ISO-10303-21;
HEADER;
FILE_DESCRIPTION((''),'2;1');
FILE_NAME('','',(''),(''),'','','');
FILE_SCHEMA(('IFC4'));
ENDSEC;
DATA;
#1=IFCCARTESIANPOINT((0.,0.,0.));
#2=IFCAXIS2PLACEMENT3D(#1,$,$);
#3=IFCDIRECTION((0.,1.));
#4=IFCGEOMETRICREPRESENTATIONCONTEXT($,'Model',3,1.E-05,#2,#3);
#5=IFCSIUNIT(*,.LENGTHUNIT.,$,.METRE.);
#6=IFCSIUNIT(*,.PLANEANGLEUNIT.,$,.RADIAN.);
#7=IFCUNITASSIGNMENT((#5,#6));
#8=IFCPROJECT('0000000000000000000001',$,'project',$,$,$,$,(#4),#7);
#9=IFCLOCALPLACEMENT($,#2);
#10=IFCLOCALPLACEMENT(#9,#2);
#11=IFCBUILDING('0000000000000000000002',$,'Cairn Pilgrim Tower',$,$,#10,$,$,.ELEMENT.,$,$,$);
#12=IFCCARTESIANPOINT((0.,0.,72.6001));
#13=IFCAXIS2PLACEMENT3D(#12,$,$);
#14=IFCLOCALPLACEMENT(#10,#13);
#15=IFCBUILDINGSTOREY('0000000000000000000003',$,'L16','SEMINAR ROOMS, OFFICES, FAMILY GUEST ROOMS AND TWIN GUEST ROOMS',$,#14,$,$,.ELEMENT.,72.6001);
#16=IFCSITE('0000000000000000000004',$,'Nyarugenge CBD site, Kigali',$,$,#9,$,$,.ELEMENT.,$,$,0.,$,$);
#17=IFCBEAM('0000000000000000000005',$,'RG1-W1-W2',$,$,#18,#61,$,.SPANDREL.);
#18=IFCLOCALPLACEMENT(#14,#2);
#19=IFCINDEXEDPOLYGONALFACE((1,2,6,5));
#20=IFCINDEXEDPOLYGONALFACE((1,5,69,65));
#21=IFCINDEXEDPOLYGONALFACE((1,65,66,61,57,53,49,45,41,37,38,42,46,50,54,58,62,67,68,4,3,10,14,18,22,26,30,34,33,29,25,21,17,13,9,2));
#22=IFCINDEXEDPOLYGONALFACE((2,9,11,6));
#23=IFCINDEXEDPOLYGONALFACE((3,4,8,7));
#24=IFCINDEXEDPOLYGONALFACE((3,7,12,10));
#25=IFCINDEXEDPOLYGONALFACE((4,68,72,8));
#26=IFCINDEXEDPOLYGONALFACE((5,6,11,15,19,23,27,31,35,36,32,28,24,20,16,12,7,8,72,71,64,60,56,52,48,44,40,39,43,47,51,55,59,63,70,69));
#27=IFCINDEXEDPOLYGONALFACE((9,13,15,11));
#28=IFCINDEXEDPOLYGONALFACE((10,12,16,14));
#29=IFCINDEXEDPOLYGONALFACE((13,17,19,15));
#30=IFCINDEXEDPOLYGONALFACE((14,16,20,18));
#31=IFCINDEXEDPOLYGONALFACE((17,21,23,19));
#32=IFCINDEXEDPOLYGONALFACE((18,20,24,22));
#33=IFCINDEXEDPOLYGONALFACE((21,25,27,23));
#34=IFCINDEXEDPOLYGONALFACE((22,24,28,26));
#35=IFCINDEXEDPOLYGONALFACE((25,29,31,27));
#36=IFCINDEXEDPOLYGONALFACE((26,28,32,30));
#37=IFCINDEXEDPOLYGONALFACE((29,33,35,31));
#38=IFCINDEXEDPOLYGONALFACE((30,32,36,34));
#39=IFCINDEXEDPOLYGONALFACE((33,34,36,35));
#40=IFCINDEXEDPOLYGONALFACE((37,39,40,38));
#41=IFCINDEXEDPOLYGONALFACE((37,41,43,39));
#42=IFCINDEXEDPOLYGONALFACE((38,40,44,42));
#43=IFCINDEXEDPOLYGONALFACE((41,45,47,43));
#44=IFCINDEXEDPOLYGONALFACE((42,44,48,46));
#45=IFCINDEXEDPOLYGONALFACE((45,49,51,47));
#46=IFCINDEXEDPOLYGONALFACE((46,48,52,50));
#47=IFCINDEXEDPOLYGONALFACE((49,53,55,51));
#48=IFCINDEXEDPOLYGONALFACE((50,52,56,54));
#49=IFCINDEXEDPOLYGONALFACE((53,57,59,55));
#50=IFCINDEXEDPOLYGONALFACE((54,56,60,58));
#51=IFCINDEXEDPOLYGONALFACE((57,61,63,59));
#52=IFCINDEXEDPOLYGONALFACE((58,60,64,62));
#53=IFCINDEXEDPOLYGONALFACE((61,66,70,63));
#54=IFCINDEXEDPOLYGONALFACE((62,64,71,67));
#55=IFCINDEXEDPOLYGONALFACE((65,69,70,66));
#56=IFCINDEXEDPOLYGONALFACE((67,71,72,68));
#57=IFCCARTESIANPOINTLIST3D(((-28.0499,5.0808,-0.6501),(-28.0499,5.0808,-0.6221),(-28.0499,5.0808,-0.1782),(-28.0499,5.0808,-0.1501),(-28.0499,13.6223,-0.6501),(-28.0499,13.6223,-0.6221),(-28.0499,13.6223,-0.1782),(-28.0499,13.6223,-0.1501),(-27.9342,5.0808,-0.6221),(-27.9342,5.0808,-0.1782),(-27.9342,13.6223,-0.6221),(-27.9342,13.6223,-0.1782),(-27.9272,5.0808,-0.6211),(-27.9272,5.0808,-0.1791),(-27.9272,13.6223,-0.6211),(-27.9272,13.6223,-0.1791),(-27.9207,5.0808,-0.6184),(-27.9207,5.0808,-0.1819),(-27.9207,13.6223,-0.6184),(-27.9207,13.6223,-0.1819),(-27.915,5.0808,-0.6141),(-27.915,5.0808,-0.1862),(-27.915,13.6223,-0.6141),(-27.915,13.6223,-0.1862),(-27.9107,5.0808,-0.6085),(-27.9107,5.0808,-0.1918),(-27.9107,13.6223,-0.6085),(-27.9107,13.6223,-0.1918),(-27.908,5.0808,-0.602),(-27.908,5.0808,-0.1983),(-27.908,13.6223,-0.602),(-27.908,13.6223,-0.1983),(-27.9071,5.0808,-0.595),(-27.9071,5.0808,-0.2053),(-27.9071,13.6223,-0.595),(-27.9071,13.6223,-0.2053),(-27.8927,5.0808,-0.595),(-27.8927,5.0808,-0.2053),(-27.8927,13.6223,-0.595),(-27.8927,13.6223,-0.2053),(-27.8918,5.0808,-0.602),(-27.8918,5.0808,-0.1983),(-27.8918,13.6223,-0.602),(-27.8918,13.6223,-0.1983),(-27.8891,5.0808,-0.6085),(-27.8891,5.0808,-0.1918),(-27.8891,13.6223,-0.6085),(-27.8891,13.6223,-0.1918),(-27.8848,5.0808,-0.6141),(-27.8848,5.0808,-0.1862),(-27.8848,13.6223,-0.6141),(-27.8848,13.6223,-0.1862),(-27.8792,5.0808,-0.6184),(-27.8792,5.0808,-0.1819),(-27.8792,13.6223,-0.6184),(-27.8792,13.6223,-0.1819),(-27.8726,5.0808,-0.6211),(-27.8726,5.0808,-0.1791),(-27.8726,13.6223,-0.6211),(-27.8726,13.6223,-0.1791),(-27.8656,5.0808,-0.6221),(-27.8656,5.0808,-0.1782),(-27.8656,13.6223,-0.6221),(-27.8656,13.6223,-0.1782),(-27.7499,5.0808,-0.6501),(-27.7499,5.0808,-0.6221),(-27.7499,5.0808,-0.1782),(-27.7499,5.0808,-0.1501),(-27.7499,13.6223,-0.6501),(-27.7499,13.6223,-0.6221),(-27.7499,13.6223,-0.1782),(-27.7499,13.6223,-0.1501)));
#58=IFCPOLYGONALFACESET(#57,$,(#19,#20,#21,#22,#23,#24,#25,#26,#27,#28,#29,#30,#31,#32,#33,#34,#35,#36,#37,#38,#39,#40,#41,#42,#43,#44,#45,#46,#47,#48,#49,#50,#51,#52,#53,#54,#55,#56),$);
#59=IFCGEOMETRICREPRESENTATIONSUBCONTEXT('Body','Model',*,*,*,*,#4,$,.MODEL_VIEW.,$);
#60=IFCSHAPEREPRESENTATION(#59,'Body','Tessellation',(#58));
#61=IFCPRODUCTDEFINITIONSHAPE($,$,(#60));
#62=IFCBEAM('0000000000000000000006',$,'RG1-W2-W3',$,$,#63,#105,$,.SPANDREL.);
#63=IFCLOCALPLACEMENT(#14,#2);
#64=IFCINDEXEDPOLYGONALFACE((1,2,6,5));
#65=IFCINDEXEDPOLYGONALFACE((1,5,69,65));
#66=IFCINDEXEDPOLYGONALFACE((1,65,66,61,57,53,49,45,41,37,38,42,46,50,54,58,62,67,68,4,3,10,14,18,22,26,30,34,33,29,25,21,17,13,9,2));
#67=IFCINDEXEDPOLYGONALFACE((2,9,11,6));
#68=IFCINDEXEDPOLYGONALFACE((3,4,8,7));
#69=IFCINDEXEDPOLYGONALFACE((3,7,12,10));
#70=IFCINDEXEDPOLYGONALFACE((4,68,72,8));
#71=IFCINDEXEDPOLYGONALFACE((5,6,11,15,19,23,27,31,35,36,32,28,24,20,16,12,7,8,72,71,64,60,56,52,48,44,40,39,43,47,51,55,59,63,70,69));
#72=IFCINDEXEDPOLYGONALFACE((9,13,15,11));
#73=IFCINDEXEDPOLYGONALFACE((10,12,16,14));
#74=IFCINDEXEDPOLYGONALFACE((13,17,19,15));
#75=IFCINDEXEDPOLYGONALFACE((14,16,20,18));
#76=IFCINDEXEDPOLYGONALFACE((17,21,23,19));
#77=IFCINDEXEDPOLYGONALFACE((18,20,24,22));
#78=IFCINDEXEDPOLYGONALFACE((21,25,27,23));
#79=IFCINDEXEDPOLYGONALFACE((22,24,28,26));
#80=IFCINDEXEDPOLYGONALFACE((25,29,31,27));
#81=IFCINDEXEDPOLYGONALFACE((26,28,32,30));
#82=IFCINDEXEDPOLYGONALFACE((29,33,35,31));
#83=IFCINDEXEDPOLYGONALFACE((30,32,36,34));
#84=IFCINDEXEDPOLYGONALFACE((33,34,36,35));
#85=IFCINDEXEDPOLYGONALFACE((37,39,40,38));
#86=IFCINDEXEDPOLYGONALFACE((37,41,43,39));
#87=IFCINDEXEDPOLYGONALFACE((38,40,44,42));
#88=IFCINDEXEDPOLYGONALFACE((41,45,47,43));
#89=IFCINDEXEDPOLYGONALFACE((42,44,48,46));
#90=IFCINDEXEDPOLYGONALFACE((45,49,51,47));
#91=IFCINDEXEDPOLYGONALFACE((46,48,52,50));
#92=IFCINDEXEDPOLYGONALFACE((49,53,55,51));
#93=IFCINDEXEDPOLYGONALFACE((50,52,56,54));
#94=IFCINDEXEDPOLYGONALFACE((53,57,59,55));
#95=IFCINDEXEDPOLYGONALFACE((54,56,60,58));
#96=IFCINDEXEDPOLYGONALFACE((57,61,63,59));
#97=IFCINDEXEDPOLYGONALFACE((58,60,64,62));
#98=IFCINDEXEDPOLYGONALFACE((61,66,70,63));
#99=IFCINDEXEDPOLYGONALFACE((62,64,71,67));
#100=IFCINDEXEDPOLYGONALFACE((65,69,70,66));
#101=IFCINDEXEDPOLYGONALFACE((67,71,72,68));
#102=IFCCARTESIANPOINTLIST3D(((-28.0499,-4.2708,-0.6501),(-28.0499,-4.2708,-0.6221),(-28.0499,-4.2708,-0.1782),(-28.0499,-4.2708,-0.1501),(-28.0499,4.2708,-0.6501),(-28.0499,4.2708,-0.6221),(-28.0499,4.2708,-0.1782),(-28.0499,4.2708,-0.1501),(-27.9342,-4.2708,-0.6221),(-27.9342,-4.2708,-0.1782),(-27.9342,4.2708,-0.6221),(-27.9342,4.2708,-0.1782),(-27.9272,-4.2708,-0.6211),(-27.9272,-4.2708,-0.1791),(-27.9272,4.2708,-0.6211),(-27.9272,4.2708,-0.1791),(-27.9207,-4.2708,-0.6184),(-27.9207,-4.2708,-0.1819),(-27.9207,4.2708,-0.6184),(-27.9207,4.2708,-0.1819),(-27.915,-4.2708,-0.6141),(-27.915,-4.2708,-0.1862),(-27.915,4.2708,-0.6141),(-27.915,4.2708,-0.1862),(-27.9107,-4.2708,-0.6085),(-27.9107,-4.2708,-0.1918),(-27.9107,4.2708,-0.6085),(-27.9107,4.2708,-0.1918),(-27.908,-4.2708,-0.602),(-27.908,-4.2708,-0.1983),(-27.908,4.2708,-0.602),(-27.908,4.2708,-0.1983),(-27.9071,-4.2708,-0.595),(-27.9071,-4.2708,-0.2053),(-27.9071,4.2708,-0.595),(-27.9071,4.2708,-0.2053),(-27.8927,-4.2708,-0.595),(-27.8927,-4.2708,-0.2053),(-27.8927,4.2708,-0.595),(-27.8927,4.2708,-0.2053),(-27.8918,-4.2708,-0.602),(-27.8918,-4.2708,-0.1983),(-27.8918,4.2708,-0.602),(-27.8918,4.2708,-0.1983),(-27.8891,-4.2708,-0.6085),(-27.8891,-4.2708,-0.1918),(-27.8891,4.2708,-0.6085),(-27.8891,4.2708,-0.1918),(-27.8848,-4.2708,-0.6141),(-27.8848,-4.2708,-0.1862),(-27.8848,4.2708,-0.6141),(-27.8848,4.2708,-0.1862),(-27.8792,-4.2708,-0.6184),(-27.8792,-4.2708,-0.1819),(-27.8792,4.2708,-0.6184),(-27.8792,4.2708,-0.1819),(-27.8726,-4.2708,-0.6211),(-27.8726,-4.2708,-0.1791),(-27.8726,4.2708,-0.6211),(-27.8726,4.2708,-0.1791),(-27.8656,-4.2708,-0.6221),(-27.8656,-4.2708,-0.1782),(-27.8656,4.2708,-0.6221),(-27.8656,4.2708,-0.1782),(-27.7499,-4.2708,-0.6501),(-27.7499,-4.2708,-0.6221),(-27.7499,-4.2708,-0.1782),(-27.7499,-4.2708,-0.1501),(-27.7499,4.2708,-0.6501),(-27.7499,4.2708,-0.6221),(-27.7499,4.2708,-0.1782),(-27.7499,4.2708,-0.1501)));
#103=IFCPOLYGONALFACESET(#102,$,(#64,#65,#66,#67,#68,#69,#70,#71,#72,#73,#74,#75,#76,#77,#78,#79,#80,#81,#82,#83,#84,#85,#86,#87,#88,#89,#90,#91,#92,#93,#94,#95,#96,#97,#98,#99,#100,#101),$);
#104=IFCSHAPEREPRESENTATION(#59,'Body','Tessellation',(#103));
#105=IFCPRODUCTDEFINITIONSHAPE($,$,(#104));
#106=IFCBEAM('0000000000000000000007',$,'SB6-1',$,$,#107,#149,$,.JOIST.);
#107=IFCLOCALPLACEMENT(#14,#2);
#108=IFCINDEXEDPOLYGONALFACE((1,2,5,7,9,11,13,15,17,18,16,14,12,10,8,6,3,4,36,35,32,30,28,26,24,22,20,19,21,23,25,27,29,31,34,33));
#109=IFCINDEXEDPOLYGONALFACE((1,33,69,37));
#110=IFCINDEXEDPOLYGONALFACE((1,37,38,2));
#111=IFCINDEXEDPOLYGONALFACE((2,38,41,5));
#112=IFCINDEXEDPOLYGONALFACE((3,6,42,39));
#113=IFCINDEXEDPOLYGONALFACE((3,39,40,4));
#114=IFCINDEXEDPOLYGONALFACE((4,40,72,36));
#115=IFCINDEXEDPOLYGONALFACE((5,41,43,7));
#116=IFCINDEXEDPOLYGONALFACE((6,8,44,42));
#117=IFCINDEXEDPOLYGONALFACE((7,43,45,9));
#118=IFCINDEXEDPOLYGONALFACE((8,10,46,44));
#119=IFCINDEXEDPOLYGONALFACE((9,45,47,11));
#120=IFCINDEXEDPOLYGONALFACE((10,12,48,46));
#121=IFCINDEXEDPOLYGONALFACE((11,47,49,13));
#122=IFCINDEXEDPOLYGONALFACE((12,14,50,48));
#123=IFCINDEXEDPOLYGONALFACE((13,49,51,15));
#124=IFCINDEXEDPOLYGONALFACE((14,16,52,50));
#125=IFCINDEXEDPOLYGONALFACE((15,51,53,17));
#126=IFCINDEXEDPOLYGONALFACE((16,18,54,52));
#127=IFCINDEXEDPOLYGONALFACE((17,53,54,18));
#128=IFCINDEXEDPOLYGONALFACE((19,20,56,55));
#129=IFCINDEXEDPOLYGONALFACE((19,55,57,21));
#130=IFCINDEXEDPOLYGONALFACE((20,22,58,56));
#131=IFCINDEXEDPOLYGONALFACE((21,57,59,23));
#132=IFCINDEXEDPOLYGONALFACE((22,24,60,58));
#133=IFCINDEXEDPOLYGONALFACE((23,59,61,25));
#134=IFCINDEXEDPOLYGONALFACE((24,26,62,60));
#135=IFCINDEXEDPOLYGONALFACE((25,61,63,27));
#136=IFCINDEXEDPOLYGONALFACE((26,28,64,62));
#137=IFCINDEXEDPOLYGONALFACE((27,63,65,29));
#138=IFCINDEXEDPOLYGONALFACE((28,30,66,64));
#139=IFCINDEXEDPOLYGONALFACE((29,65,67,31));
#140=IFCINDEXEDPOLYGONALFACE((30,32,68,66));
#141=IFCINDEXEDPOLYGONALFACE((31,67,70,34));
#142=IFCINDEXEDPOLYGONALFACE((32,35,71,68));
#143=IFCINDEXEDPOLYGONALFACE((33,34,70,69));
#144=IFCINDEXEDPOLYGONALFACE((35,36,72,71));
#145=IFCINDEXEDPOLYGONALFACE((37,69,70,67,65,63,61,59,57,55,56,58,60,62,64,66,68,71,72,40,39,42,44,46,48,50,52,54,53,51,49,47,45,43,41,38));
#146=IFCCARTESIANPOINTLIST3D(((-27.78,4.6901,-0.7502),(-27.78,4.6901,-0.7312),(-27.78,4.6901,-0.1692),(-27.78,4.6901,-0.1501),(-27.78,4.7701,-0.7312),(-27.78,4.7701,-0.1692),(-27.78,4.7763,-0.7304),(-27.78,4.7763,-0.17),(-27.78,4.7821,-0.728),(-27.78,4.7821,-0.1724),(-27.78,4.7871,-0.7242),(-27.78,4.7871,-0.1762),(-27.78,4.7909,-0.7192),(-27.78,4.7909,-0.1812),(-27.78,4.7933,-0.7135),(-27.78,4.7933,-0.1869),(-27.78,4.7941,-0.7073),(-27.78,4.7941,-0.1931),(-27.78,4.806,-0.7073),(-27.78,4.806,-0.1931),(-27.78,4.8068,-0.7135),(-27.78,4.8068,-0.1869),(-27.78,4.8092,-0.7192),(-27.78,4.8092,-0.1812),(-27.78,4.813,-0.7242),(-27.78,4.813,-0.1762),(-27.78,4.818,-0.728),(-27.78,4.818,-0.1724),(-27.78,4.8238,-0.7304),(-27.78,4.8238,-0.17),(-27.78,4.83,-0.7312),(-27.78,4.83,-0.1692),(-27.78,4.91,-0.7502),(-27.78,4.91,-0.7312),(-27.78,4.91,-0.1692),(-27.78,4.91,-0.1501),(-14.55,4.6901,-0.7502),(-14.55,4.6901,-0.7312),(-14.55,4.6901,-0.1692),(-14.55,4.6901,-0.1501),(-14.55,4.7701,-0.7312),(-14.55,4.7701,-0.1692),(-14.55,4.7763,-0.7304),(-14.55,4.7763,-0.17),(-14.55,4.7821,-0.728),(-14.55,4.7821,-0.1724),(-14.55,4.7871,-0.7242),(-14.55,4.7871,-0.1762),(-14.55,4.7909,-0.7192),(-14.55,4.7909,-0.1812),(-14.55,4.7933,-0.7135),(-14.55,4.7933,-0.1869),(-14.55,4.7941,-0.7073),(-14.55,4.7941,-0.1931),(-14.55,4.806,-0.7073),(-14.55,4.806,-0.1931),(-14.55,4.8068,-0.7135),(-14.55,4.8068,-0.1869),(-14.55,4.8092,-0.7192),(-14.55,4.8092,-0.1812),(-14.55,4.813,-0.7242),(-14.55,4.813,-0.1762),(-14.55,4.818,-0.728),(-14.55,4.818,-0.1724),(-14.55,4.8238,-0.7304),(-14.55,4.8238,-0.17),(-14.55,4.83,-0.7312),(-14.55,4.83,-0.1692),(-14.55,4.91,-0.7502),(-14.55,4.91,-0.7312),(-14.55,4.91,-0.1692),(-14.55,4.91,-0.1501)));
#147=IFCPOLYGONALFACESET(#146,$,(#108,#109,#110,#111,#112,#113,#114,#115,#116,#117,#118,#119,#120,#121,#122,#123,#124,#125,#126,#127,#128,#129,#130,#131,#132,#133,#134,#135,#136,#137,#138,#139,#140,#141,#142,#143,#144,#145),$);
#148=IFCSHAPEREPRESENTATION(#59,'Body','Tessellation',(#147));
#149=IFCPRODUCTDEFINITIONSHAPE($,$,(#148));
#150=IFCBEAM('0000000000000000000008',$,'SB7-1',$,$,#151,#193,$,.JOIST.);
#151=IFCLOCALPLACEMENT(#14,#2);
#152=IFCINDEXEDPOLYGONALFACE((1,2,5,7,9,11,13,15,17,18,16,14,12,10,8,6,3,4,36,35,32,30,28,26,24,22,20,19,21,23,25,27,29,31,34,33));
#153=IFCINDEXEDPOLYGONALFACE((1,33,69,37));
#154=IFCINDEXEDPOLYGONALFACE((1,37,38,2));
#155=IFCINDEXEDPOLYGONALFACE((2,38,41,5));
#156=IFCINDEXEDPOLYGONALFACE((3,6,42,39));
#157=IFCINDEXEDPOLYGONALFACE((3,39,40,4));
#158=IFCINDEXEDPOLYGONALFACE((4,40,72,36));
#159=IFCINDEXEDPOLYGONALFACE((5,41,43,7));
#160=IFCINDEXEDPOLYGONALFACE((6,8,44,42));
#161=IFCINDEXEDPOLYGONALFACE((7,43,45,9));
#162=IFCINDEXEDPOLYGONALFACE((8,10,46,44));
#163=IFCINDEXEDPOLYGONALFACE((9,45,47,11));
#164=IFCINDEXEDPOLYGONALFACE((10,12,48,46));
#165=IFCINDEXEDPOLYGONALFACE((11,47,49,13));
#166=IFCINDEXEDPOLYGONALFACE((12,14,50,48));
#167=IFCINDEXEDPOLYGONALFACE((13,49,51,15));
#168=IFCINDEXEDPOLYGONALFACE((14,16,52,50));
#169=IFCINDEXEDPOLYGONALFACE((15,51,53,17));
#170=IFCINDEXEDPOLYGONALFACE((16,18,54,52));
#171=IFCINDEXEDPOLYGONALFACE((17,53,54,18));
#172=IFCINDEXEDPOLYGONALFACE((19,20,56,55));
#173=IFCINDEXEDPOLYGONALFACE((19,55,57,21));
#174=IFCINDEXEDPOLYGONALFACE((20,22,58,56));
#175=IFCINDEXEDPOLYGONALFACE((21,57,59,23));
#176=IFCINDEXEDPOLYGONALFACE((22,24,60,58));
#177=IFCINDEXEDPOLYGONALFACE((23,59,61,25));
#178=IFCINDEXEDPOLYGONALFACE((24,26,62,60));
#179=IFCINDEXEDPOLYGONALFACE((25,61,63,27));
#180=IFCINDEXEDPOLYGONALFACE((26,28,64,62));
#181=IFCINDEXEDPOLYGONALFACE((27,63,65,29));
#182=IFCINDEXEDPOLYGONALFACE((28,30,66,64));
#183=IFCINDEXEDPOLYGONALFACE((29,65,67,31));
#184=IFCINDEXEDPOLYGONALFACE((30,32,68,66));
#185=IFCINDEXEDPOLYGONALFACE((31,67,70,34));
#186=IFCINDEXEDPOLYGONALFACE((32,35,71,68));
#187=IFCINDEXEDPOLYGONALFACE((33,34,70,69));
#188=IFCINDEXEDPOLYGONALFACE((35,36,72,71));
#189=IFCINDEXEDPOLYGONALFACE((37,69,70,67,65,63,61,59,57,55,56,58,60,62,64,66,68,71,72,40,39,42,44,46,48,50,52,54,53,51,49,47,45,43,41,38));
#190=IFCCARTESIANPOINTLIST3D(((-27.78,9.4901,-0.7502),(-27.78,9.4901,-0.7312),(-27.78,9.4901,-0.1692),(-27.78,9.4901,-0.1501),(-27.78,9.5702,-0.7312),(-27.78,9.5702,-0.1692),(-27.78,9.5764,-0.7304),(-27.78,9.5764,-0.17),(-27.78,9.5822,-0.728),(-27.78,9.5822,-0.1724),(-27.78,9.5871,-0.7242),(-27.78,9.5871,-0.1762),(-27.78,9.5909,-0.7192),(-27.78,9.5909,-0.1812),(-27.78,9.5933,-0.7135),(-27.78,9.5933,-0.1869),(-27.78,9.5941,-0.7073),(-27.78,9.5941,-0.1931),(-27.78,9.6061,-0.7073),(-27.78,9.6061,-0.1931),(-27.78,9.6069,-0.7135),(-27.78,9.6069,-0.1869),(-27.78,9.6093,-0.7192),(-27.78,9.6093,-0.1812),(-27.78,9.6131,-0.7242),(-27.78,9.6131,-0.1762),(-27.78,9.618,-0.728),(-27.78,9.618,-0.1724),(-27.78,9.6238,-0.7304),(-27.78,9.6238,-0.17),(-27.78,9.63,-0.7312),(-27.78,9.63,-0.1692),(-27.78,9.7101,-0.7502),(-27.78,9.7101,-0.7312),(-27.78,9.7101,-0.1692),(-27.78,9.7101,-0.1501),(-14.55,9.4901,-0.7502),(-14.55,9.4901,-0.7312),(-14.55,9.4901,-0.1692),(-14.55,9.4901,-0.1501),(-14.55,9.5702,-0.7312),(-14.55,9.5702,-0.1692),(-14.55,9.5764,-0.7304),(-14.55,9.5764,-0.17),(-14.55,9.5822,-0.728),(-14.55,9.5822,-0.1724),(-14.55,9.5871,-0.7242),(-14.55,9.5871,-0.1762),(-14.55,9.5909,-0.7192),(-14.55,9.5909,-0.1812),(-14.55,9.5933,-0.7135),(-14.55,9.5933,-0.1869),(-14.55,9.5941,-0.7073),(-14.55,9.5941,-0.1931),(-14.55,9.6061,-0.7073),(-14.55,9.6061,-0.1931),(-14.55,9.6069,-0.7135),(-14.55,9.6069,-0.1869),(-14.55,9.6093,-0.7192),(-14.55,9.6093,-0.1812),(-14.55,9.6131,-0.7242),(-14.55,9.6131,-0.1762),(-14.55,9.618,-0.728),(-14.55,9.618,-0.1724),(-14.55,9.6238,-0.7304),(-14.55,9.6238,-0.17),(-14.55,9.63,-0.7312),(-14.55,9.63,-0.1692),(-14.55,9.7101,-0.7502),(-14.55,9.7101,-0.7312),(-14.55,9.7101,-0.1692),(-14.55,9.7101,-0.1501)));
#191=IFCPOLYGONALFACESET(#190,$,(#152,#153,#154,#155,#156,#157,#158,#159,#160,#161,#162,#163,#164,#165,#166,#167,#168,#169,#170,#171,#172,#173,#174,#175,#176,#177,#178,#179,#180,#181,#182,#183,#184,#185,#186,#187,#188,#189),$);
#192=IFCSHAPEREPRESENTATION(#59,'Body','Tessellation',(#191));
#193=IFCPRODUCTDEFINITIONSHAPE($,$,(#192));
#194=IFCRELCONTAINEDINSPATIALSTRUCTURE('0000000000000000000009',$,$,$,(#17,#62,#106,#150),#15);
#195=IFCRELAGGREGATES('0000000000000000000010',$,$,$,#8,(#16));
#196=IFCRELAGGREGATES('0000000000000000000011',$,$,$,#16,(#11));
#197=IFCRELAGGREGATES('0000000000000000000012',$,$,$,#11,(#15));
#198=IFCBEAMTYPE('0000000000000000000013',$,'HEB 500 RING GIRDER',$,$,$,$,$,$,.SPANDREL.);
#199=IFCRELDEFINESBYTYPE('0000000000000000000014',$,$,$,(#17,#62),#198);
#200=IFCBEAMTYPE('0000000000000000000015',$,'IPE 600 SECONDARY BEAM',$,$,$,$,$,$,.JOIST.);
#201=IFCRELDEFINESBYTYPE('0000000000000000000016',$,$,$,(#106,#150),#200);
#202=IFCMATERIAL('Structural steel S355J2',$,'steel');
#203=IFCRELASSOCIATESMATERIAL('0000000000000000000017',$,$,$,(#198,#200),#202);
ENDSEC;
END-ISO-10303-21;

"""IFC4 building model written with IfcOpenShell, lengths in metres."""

from ifc_helpers import new_model, si_unit, direction, frame, origin, origin_2d, place, context, subcontext, project, spatial, i_section, extrude, material, material_profile, profile_set, type_object, element, save


model = new_model("IFC4")

# Units and contexts
model_context = context("Model", 3, precision=1e-05, world=origin(), true_north=direction((0.0, 1.0)))
body_context = subcontext(model_context, "Body", "Model", "MODEL_VIEW")
ifc_project = project(units=[si_unit("LENGTHUNIT", "METRE"), si_unit("PLANEANGLEUNIT", "RADIAN")], contexts=[model_context])

# Site, building, storey
site_placement = place(None, origin())
site = spatial("IfcSite", under=ifc_project, at=site_placement, Name="Nyarugenge CBD site, Kigali", CompositionType="ELEMENT", RefElevation=0.0)
building_placement = place(site_placement, origin())
building = spatial("IfcBuilding", under=site, at=building_placement, Name="Cairn Pilgrim Tower", CompositionType="ELEMENT")
storey_placement = place(building_placement, frame((0.0, 0.0, 72.6001)))
storey = spatial("IfcBuildingStorey", under=building, at=storey_placement, Name="L16", Description="SEMINAR ROOMS, OFFICES, FAMILY GUEST ROOMS AND TWIN GUEST ROOMS", CompositionType="ELEMENT", Elevation=72.6001)

# Beams
ifc_material_1 = material(Name="Structural steel S355J2", Category="steel")
ifc_material_profile_1 = material_profile(ifc_material_1, i_section(OverallWidth=0.3, OverallDepth=0.5, WebThickness=0.0144, FlangeThickness=0.0281, FilletRadius=0.0271, at=origin_2d()), Name="HEB 500")
ifc_profile_set_1 = profile_set([ifc_material_profile_1], Name="Structural steel S355J2")
beam_type_1 = type_object("IfcBeamType", Name="HEB 500 RING GIRDER", PredefinedType="SPANDREL", material=ifc_profile_set_1)
for number, where, z_axis, x_axis, name in (
    (1, (-27.8999, 13.6223, -0.4001), (0.0, -1.0, 0.0), (1.0, 0.0, 0.0), "RG1-W1-W2"),
    (2, (-27.8999, 4.2708, -0.4001), (0.0, -1.0, 0.0), (1.0, 0.0, 0.0), "RG1-W2-W3"),
):
    element("IfcBeam", number, at=place(storey_placement, frame(where, z_axis=z_axis, x_axis=x_axis)), inside=storey, type_object=beam_type_1, Name=name, PredefinedType="SPANDREL", context=body_context, shape_type="SweptSolid", body=[
        extrude(i_section(OverallWidth=0.3, OverallDepth=0.5, WebThickness=0.0144, FlangeThickness=0.0281, FilletRadius=0.0271, at=origin_2d()), origin(), (0.0, 0.0, 1.0), 8.5415),
    ])
ifc_material_profile_2 = material_profile(ifc_material_1, i_section(OverallWidth=0.22, OverallDepth=0.6001, WebThickness=0.012, FlangeThickness=0.019, FilletRadius=0.0239, at=origin_2d()), Name="IPE 600")
ifc_profile_set_2 = profile_set([ifc_material_profile_2], Name="Structural steel S355J2")
beam_type_2 = type_object("IfcBeamType", Name="IPE 600 SECONDARY BEAM", PredefinedType="JOIST", material=ifc_profile_set_2)
for number, where, z_axis, x_axis, name in (
    (3, (-27.78, 4.8, -0.4502), (1.0, 0.0, 0.0), (0.0, 1.0, 0.0), "SB6-1"),
    (4, (-27.78, 9.6001, -0.4502), (1.0, 0.0, 0.0), (0.0, 1.0, 0.0), "SB7-1"),
):
    element("IfcBeam", number, at=place(storey_placement, frame(where, z_axis=z_axis, x_axis=x_axis)), inside=storey, type_object=beam_type_2, Name=name, PredefinedType="JOIST", context=body_context, shape_type="SweptSolid", body=[
        extrude(i_section(OverallWidth=0.22, OverallDepth=0.6001, WebThickness=0.012, FlangeThickness=0.019, FilletRadius=0.0239, at=origin_2d()), origin(), (0.0, 0.0, 1.0), 13.23),
    ])

save(model, "model.ifc")
